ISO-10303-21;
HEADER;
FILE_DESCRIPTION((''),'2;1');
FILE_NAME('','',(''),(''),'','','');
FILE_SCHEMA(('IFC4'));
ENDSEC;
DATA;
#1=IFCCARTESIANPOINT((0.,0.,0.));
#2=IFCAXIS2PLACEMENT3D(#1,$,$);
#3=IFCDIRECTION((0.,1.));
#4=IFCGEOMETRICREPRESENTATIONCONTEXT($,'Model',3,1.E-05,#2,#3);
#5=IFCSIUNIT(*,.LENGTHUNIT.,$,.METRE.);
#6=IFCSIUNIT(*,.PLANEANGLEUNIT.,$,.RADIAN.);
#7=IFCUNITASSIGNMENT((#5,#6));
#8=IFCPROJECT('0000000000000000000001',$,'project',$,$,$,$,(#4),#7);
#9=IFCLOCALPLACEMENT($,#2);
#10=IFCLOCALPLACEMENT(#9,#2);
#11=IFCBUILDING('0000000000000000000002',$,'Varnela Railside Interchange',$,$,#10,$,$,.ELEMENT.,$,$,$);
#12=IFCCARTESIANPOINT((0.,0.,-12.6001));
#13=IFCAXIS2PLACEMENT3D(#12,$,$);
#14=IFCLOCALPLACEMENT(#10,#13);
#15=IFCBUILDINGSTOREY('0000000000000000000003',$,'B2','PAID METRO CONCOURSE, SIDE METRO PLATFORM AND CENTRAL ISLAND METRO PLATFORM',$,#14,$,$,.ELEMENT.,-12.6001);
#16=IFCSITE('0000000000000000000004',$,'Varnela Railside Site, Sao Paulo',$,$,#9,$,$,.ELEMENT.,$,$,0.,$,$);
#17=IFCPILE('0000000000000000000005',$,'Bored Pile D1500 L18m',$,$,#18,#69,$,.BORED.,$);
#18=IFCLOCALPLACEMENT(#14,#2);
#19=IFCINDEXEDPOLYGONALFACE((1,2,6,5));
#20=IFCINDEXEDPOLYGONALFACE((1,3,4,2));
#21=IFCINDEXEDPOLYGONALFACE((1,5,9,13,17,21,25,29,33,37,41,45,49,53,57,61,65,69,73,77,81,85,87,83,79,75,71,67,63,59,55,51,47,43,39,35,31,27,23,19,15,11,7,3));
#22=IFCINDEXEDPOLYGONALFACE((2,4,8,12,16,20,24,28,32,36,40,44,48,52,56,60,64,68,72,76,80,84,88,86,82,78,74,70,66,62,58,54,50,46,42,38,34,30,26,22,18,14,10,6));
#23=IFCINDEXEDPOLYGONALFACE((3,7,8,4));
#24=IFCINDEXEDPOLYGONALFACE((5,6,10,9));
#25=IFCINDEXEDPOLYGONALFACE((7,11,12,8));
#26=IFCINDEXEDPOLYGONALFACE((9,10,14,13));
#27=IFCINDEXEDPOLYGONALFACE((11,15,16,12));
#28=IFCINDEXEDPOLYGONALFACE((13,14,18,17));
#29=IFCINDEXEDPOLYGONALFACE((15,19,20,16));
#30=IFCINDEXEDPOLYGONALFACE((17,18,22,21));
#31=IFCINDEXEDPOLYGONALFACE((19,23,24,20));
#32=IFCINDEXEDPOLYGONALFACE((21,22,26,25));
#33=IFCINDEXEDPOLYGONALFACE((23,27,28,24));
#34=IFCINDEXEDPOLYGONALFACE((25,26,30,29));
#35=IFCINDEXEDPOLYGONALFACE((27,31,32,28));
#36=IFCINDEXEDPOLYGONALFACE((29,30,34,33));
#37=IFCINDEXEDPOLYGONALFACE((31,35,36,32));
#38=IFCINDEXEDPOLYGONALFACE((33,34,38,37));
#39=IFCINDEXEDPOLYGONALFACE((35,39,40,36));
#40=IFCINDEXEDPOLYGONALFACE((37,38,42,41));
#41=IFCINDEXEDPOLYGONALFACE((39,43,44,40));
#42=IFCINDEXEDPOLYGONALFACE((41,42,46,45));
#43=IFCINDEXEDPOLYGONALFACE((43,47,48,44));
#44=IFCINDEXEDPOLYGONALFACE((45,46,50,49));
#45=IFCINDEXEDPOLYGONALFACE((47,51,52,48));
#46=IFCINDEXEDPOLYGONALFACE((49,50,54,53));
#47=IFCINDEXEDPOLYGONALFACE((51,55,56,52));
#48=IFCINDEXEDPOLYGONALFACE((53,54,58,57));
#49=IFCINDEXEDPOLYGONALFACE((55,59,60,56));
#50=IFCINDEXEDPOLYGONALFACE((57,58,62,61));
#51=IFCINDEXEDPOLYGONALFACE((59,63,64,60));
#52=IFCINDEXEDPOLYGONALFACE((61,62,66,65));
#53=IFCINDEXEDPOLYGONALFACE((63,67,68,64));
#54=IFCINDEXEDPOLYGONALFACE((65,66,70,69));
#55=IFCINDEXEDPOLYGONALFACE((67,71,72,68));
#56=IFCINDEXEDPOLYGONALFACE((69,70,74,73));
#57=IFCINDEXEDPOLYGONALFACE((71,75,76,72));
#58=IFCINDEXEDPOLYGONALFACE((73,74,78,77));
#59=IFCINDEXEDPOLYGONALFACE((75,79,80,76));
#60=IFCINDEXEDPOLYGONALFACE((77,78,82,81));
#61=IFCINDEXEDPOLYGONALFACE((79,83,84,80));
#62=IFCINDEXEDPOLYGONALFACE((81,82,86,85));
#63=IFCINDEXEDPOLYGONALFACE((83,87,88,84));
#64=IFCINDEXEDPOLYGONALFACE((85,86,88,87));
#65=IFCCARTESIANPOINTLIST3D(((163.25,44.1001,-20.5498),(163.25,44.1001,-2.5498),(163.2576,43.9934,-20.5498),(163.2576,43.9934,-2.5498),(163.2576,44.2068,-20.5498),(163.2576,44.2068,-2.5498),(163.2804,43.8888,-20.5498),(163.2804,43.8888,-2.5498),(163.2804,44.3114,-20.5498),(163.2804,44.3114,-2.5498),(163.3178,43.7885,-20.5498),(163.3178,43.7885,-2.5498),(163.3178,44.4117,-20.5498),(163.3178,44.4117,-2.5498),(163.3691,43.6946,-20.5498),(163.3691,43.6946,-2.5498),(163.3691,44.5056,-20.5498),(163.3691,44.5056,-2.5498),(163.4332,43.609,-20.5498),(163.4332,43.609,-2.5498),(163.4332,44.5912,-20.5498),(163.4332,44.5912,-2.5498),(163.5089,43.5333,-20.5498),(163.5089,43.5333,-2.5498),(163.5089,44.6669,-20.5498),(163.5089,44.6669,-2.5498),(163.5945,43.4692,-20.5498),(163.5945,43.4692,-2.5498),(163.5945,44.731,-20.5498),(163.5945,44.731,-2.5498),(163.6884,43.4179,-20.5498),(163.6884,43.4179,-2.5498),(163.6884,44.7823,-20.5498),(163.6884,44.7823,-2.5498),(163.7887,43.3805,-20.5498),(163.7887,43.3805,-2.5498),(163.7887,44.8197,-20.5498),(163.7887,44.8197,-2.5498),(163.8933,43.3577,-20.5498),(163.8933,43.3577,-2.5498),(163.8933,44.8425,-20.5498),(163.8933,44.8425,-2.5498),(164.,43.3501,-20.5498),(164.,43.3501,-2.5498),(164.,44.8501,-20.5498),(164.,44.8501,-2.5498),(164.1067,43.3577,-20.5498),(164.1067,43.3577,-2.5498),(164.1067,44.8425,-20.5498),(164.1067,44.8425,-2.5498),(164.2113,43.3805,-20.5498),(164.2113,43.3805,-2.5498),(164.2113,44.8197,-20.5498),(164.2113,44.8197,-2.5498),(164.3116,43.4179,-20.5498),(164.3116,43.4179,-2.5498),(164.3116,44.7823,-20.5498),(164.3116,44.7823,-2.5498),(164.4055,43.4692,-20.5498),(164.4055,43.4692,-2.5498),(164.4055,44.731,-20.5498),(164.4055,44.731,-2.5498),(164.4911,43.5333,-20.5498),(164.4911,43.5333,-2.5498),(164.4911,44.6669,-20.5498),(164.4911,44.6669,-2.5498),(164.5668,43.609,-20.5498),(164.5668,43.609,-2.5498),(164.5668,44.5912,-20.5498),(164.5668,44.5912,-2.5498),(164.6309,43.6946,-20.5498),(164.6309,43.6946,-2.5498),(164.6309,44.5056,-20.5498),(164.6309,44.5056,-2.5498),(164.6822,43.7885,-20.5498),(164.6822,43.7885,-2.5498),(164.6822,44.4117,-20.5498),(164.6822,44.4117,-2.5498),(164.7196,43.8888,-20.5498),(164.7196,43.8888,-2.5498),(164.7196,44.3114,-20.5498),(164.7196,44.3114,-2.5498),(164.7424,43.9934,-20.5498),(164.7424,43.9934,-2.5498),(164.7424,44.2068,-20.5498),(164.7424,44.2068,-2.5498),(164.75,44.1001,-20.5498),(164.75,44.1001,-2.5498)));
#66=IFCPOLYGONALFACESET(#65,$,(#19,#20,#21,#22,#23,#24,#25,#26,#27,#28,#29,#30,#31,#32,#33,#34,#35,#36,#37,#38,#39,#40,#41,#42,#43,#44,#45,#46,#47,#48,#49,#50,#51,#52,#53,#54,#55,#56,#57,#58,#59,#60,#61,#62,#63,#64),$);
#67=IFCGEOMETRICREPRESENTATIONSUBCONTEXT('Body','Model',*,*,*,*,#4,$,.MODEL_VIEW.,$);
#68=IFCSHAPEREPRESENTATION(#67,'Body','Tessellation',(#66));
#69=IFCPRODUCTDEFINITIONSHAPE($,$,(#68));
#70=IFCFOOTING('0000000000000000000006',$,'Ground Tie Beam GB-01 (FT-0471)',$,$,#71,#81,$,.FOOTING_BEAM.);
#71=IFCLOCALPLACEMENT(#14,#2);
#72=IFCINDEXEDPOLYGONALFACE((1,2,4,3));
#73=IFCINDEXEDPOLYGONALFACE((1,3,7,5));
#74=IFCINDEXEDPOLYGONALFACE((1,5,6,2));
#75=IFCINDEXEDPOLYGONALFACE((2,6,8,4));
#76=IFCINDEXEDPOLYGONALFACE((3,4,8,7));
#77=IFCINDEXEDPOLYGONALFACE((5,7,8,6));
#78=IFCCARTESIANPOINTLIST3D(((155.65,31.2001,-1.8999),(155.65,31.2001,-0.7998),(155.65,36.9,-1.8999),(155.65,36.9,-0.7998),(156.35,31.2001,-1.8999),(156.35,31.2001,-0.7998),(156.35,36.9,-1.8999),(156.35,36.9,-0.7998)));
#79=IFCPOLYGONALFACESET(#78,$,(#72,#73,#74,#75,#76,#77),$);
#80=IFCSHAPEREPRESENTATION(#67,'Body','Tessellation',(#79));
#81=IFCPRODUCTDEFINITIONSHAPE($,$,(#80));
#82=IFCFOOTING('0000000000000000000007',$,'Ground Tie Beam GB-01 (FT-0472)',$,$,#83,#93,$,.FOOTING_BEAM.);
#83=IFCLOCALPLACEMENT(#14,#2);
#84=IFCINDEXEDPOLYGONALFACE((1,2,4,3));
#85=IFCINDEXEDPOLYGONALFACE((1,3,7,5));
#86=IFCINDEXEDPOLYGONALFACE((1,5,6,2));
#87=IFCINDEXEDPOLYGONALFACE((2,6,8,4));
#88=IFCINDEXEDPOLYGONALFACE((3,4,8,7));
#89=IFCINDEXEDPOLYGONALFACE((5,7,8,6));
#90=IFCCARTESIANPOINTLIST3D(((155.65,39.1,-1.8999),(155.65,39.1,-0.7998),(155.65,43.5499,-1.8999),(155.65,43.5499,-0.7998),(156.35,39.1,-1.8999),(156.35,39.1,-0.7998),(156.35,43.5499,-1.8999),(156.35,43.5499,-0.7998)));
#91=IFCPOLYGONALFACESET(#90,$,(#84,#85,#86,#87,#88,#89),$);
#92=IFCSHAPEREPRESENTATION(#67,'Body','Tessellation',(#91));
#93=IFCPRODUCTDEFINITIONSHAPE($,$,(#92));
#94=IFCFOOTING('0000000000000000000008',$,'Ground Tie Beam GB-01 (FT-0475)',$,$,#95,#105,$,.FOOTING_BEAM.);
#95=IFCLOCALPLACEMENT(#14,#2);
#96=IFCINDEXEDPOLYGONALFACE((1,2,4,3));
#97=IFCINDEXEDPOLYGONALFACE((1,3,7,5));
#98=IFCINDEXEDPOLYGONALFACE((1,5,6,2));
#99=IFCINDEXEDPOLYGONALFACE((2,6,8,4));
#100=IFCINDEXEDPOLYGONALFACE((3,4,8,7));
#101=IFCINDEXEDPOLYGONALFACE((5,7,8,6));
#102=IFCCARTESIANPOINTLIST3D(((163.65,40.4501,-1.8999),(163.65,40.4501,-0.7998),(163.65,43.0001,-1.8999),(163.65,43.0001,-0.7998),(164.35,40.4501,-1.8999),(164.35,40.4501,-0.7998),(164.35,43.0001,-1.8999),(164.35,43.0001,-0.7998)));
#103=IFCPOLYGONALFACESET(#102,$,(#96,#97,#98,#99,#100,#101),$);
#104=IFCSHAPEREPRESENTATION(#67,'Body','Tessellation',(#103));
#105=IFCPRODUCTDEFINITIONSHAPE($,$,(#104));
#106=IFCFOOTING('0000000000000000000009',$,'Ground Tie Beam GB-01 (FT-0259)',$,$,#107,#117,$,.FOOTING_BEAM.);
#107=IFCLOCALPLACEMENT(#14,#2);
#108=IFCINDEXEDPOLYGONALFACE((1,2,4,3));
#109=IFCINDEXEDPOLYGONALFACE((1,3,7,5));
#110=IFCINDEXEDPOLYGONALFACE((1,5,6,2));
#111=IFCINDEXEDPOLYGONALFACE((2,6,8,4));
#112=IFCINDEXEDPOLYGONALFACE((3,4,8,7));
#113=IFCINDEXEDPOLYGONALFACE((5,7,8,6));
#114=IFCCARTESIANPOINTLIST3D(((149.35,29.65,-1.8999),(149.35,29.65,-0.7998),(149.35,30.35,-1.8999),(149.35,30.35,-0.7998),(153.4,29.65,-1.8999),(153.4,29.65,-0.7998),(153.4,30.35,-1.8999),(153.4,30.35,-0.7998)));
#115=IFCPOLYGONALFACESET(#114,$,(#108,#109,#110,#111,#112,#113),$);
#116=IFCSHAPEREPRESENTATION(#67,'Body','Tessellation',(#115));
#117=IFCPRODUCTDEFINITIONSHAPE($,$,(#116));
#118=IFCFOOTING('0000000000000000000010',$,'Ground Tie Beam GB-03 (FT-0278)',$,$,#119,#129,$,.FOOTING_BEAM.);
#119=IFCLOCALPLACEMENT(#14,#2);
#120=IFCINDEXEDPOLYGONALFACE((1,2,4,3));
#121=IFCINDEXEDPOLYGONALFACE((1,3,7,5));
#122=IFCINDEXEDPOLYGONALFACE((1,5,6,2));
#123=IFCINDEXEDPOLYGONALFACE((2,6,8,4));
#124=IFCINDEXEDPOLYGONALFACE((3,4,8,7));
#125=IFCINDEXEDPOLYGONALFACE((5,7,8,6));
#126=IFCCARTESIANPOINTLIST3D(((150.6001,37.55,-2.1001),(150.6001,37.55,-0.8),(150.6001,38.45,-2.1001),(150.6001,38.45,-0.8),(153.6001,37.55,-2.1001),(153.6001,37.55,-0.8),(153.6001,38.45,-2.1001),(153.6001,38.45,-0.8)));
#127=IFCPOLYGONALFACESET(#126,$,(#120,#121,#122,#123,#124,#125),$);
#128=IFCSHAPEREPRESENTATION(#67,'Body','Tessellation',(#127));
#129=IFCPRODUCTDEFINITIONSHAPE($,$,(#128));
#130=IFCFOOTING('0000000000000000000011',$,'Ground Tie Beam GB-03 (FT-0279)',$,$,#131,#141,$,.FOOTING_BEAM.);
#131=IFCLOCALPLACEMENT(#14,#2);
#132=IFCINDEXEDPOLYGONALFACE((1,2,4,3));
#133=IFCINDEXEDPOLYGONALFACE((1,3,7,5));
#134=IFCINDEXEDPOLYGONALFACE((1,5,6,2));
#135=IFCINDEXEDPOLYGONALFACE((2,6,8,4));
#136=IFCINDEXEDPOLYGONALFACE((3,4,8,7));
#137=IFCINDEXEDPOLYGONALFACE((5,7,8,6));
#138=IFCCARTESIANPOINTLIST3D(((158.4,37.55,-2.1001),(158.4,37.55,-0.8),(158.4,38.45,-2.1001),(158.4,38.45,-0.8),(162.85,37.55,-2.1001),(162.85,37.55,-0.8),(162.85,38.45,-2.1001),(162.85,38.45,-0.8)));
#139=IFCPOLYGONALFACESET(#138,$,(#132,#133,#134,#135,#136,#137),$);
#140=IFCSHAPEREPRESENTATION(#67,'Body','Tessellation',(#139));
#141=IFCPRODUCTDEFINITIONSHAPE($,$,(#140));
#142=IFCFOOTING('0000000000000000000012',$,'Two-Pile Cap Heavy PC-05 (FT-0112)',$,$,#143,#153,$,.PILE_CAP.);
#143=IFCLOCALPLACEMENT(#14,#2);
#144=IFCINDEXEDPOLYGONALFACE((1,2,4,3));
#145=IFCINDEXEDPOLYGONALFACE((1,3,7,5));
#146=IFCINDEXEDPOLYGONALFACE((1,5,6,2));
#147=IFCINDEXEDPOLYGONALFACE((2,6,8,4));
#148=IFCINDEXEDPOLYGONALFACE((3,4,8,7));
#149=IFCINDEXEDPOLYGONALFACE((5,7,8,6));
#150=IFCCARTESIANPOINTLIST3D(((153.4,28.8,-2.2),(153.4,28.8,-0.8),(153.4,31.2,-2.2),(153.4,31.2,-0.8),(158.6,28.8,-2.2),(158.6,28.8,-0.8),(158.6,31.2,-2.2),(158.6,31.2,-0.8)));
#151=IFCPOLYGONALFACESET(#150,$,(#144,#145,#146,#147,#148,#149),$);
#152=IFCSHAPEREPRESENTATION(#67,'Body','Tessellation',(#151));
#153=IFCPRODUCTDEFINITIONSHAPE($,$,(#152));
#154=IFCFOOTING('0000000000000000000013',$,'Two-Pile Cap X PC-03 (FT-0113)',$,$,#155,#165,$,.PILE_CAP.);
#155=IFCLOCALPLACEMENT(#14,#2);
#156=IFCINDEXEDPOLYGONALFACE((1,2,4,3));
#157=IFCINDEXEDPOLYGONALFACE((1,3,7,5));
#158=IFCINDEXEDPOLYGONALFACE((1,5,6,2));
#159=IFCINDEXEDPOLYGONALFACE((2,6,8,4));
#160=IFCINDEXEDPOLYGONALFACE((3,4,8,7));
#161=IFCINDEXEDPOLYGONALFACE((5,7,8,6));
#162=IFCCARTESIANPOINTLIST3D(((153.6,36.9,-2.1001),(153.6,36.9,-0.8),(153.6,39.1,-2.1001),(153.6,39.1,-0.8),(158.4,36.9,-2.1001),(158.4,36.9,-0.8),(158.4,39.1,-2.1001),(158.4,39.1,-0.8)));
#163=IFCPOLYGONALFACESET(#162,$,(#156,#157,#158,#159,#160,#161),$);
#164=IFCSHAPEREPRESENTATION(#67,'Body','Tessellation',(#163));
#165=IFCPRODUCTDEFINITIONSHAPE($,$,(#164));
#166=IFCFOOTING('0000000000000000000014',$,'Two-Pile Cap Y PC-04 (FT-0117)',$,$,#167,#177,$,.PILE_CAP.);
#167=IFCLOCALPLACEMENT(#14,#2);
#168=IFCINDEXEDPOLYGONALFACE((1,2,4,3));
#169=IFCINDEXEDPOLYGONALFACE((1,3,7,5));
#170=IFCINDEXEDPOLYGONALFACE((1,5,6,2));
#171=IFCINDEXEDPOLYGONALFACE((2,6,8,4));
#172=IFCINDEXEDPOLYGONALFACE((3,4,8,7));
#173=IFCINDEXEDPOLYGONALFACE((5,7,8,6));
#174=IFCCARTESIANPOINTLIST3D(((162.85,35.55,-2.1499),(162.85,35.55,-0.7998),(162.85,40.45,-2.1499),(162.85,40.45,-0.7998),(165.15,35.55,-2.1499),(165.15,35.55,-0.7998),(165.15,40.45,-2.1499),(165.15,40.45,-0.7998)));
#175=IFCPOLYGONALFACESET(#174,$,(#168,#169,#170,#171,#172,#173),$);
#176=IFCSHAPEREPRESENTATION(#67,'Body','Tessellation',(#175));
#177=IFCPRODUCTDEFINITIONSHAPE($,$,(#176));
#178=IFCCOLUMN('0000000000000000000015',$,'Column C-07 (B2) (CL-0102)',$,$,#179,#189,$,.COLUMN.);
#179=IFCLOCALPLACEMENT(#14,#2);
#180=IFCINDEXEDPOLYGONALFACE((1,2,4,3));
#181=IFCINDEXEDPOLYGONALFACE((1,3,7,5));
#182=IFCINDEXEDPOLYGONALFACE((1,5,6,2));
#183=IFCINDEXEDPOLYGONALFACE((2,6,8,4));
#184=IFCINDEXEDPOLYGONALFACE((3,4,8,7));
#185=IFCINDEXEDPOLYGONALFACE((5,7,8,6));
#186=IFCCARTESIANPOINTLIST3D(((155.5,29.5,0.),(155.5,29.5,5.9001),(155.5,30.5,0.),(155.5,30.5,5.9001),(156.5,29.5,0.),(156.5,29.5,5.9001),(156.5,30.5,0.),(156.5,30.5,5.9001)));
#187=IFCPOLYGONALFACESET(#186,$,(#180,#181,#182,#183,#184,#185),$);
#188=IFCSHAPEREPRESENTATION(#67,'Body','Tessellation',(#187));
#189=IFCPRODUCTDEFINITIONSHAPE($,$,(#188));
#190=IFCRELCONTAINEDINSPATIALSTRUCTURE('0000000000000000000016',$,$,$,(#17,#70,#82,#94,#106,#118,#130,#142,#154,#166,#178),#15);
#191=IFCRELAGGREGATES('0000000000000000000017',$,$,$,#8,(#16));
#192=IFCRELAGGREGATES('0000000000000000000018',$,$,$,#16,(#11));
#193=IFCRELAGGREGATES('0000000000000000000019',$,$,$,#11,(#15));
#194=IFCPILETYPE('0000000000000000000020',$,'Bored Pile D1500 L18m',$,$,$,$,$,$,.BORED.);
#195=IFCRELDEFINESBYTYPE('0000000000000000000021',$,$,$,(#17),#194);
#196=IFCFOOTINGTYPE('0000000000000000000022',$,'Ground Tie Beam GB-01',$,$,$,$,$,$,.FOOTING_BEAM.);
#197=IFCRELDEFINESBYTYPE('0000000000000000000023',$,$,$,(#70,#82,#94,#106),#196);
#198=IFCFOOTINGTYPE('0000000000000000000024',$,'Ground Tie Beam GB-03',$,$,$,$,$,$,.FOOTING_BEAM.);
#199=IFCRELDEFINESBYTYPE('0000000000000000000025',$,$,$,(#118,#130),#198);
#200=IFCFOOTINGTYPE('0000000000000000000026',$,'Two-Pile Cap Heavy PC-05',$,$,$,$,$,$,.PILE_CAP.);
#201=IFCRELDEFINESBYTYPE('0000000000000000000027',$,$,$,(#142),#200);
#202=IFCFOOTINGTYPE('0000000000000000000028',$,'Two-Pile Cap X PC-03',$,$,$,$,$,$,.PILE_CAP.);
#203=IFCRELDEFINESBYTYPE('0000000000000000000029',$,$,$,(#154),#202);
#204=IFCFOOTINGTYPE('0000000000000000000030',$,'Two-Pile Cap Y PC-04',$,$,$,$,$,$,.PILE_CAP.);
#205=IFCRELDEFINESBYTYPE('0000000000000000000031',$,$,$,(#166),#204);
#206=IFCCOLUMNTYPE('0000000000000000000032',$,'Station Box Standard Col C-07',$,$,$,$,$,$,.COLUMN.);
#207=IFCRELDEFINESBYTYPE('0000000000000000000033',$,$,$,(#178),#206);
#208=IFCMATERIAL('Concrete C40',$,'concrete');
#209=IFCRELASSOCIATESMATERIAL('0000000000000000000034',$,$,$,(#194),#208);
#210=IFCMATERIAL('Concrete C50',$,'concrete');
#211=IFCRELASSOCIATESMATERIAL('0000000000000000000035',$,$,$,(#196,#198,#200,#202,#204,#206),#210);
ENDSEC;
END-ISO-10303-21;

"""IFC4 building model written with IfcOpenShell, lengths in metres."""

from ifc_helpers import new_model, si_unit, direction, frame, origin, origin_2d, place, context, subcontext, project, spatial, rectangle, circle, extrude, material, material_profile, profile_set, type_object, element, save


model = new_model("IFC4")

# Units and contexts
model_context = context("Model", 3, precision=1e-05, world=origin(), true_north=direction((0.0, 1.0)))
body_context = subcontext(model_context, "Body", "Model", "MODEL_VIEW")
ifc_project = project(units=[si_unit("LENGTHUNIT", "METRE"), si_unit("PLANEANGLEUNIT", "RADIAN")], contexts=[model_context])

# Site, building, storey
site_placement = place(None, origin())
site = spatial("IfcSite", under=ifc_project, at=site_placement, Name="Varnela Railside Site, Sao Paulo", CompositionType="ELEMENT", RefElevation=0.0)
building_placement = place(site_placement, origin())
building = spatial("IfcBuilding", under=site, at=building_placement, Name="Varnela Railside Interchange", CompositionType="ELEMENT")
storey_placement = place(building_placement, frame((0.0, 0.0, -12.6001)))
storey = spatial("IfcBuildingStorey", under=building, at=storey_placement, Name="B2", Description="PAID METRO CONCOURSE, SIDE METRO PLATFORM AND CENTRAL ISLAND METRO PLATFORM", CompositionType="ELEMENT", Elevation=-12.6001)

# Pile
ifc_material_1 = material(Name="Concrete C40", Category="concrete")
ifc_material_profile_1 = material_profile(ifc_material_1, circle(Radius=0.75, at=origin_2d()), Name="BORED PILE D1500")
ifc_profile_set_1 = profile_set([ifc_material_profile_1], Name="Concrete C40")
pile_type_1 = type_object("IfcPileType", Name="Bored Pile D1500 L18m", PredefinedType="BORED", material=ifc_profile_set_1)
pile_placement = place(storey_placement, frame((164.0, 44.1001, -2.5498), z_axis=(0.0, 0.0, -1.0), x_axis=(1.0, 0.0, 0.0)))
element("IfcPile", 1, at=pile_placement, inside=storey, type_object=pile_type_1, Name="Bored Pile D1500 L18m", PredefinedType="BORED", context=body_context, shape_type="SweptSolid", body=[
    extrude(circle(Radius=0.75, at=origin_2d()), origin(), (0.0, 0.0, 1.0), 18.0),
])

# Footings
ifc_material_2 = material(Name="Concrete C50", Category="concrete")
footing_type_1 = type_object("IfcFootingType", Name="Ground Tie Beam GB-01", PredefinedType="FOOTING_BEAM", material=ifc_material_2)
footing_1_placement = place(storey_placement, frame((156.0, 34.05, -1.8999), z_axis=(0.0, 0.0, 1.0), x_axis=(1.0, 0.0, 0.0)))
element("IfcFooting", 2, at=footing_1_placement, inside=storey, type_object=footing_type_1, Name="Ground Tie Beam GB-01 (FT-0471)", PredefinedType="FOOTING_BEAM", context=body_context, shape_type="SweptSolid", body=[
    extrude(rectangle(XDim=0.7, YDim=5.7, at=origin_2d()), origin(), (0.0, 0.0, 1.0), 1.1001),
])
footing_2_placement = place(storey_placement, frame((156.0, 41.325, -1.8999), z_axis=(0.0, 0.0, 1.0), x_axis=(1.0, 0.0, 0.0)))
element("IfcFooting", 3, at=footing_2_placement, inside=storey, type_object=footing_type_1, Name="Ground Tie Beam GB-01 (FT-0472)", PredefinedType="FOOTING_BEAM", context=body_context, shape_type="SweptSolid", body=[
    extrude(rectangle(XDim=0.7, YDim=4.45, at=origin_2d()), origin(), (0.0, 0.0, 1.0), 1.1001),
])
footing_3_placement = place(storey_placement, frame((164.0, 41.7251, -1.8999), z_axis=(0.0, 0.0, 1.0), x_axis=(1.0, 0.0, 0.0)))
element("IfcFooting", 4, at=footing_3_placement, inside=storey, type_object=footing_type_1, Name="Ground Tie Beam GB-01 (FT-0475)", PredefinedType="FOOTING_BEAM", context=body_context, shape_type="SweptSolid", body=[
    extrude(rectangle(XDim=0.7, YDim=2.55, at=origin_2d()), origin(), (0.0, 0.0, 1.0), 1.1001),
])
footing_4_placement = place(storey_placement, frame((151.375, 30.0, -1.8999), z_axis=(0.0, 0.0, 1.0), x_axis=(1.0, 0.0, 0.0)))
element("IfcFooting", 5, at=footing_4_placement, inside=storey, type_object=footing_type_1, Name="Ground Tie Beam GB-01 (FT-0259)", PredefinedType="FOOTING_BEAM", context=body_context, shape_type="SweptSolid", body=[
    extrude(rectangle(XDim=4.05, YDim=0.7, at=origin_2d()), origin(), (0.0, 0.0, 1.0), 1.1001),
])
footing_type_2 = type_object("IfcFootingType", Name="Ground Tie Beam GB-03", PredefinedType="FOOTING_BEAM", material=ifc_material_2)
footing_5_placement = place(storey_placement, frame((152.1001, 38.0, -2.1001), z_axis=(0.0, 0.0, 1.0), x_axis=(1.0, 0.0, 0.0)))
element("IfcFooting", 6, at=footing_5_placement, inside=storey, type_object=footing_type_2, Name="Ground Tie Beam GB-03 (FT-0278)", PredefinedType="FOOTING_BEAM", context=body_context, shape_type="SweptSolid", body=[
    extrude(rectangle(XDim=3.0, YDim=0.8999, at=origin_2d()), origin(), (0.0, 0.0, 1.0), 1.3),
])
footing_6_placement = place(storey_placement, frame((160.625, 38.0, -2.1001), z_axis=(0.0, 0.0, 1.0), x_axis=(1.0, 0.0, 0.0)))
element("IfcFooting", 7, at=footing_6_placement, inside=storey, type_object=footing_type_2, Name="Ground Tie Beam GB-03 (FT-0279)", PredefinedType="FOOTING_BEAM", context=body_context, shape_type="SweptSolid", body=[
    extrude(rectangle(XDim=4.45, YDim=0.8999, at=origin_2d()), origin(), (0.0, 0.0, 1.0), 1.3),
])
footing_type_3 = type_object("IfcFootingType", Name="Two-Pile Cap Heavy PC-05", PredefinedType="PILE_CAP", material=ifc_material_2)
footing_7_placement = place(storey_placement, frame((156.0, 30.0, -2.2), z_axis=(0.0, 0.0, 1.0), x_axis=(1.0, 0.0, 0.0)))
element("IfcFooting", 8, at=footing_7_placement, inside=storey, type_object=footing_type_3, Name="Two-Pile Cap Heavy PC-05 (FT-0112)", PredefinedType="PILE_CAP", context=body_context, shape_type="SweptSolid", body=[
    extrude(rectangle(XDim=5.2, YDim=2.3999, at=origin_2d()), origin(), (0.0, 0.0, 1.0), 1.3999),
])
footing_type_4 = type_object("IfcFootingType", Name="Two-Pile Cap X PC-03", PredefinedType="PILE_CAP", material=ifc_material_2)
footing_8_placement = place(storey_placement, frame((156.0, 38.0, -2.1001), z_axis=(0.0, 0.0, 1.0), x_axis=(1.0, 0.0, 0.0)))
element("IfcFooting", 9, at=footing_8_placement, inside=storey, type_object=footing_type_4, Name="Two-Pile Cap X PC-03 (FT-0113)", PredefinedType="PILE_CAP", context=body_context, shape_type="SweptSolid", body=[
    extrude(rectangle(XDim=4.8, YDim=2.2, at=origin_2d()), origin(), (0.0, 0.0, 1.0), 1.3),
])
footing_type_5 = type_object("IfcFootingType", Name="Two-Pile Cap Y PC-04", PredefinedType="PILE_CAP", material=ifc_material_2)
footing_9_placement = place(storey_placement, frame((164.0, 38.0, -2.1499), z_axis=(0.0, 0.0, 1.0), x_axis=(1.0, 0.0, 0.0)))
element("IfcFooting", 10, at=footing_9_placement, inside=storey, type_object=footing_type_5, Name="Two-Pile Cap Y PC-04 (FT-0117)", PredefinedType="PILE_CAP", context=body_context, shape_type="SweptSolid", body=[
    extrude(rectangle(XDim=2.3, YDim=4.8999, at=origin_2d()), origin(), (0.0, 0.0, 1.0), 1.3501),
])

# Column
ifc_material_profile_2 = material_profile(ifc_material_2, rectangle(XDim=1.0, YDim=1.0, at=origin_2d()), Name="RC 1000x1000")
ifc_profile_set_2 = profile_set([ifc_material_profile_2], Name="Concrete C50")
column_type = type_object("IfcColumnType", Name="Station Box Standard Col C-07", PredefinedType="COLUMN", material=ifc_profile_set_2)
for number, where, z_axis, x_axis, name in (
    (11, (156.0, 30.0, 0.0), (0.0, 0.0, 1.0), (1.0, 0.0, 0.0), "Column C-07 (B2) (CL-0102)"),
):
    element("IfcColumn", number, at=place(storey_placement, frame(where, z_axis=z_axis, x_axis=x_axis)), inside=storey, type_object=column_type, Name=name, PredefinedType="COLUMN", context=body_context, shape_type="SweptSolid", body=[
        extrude(rectangle(XDim=1.0, YDim=1.0, at=origin_2d()), origin(), (0.0, 0.0, 1.0), 5.9001),
    ])

save(model, "model.ifc")
